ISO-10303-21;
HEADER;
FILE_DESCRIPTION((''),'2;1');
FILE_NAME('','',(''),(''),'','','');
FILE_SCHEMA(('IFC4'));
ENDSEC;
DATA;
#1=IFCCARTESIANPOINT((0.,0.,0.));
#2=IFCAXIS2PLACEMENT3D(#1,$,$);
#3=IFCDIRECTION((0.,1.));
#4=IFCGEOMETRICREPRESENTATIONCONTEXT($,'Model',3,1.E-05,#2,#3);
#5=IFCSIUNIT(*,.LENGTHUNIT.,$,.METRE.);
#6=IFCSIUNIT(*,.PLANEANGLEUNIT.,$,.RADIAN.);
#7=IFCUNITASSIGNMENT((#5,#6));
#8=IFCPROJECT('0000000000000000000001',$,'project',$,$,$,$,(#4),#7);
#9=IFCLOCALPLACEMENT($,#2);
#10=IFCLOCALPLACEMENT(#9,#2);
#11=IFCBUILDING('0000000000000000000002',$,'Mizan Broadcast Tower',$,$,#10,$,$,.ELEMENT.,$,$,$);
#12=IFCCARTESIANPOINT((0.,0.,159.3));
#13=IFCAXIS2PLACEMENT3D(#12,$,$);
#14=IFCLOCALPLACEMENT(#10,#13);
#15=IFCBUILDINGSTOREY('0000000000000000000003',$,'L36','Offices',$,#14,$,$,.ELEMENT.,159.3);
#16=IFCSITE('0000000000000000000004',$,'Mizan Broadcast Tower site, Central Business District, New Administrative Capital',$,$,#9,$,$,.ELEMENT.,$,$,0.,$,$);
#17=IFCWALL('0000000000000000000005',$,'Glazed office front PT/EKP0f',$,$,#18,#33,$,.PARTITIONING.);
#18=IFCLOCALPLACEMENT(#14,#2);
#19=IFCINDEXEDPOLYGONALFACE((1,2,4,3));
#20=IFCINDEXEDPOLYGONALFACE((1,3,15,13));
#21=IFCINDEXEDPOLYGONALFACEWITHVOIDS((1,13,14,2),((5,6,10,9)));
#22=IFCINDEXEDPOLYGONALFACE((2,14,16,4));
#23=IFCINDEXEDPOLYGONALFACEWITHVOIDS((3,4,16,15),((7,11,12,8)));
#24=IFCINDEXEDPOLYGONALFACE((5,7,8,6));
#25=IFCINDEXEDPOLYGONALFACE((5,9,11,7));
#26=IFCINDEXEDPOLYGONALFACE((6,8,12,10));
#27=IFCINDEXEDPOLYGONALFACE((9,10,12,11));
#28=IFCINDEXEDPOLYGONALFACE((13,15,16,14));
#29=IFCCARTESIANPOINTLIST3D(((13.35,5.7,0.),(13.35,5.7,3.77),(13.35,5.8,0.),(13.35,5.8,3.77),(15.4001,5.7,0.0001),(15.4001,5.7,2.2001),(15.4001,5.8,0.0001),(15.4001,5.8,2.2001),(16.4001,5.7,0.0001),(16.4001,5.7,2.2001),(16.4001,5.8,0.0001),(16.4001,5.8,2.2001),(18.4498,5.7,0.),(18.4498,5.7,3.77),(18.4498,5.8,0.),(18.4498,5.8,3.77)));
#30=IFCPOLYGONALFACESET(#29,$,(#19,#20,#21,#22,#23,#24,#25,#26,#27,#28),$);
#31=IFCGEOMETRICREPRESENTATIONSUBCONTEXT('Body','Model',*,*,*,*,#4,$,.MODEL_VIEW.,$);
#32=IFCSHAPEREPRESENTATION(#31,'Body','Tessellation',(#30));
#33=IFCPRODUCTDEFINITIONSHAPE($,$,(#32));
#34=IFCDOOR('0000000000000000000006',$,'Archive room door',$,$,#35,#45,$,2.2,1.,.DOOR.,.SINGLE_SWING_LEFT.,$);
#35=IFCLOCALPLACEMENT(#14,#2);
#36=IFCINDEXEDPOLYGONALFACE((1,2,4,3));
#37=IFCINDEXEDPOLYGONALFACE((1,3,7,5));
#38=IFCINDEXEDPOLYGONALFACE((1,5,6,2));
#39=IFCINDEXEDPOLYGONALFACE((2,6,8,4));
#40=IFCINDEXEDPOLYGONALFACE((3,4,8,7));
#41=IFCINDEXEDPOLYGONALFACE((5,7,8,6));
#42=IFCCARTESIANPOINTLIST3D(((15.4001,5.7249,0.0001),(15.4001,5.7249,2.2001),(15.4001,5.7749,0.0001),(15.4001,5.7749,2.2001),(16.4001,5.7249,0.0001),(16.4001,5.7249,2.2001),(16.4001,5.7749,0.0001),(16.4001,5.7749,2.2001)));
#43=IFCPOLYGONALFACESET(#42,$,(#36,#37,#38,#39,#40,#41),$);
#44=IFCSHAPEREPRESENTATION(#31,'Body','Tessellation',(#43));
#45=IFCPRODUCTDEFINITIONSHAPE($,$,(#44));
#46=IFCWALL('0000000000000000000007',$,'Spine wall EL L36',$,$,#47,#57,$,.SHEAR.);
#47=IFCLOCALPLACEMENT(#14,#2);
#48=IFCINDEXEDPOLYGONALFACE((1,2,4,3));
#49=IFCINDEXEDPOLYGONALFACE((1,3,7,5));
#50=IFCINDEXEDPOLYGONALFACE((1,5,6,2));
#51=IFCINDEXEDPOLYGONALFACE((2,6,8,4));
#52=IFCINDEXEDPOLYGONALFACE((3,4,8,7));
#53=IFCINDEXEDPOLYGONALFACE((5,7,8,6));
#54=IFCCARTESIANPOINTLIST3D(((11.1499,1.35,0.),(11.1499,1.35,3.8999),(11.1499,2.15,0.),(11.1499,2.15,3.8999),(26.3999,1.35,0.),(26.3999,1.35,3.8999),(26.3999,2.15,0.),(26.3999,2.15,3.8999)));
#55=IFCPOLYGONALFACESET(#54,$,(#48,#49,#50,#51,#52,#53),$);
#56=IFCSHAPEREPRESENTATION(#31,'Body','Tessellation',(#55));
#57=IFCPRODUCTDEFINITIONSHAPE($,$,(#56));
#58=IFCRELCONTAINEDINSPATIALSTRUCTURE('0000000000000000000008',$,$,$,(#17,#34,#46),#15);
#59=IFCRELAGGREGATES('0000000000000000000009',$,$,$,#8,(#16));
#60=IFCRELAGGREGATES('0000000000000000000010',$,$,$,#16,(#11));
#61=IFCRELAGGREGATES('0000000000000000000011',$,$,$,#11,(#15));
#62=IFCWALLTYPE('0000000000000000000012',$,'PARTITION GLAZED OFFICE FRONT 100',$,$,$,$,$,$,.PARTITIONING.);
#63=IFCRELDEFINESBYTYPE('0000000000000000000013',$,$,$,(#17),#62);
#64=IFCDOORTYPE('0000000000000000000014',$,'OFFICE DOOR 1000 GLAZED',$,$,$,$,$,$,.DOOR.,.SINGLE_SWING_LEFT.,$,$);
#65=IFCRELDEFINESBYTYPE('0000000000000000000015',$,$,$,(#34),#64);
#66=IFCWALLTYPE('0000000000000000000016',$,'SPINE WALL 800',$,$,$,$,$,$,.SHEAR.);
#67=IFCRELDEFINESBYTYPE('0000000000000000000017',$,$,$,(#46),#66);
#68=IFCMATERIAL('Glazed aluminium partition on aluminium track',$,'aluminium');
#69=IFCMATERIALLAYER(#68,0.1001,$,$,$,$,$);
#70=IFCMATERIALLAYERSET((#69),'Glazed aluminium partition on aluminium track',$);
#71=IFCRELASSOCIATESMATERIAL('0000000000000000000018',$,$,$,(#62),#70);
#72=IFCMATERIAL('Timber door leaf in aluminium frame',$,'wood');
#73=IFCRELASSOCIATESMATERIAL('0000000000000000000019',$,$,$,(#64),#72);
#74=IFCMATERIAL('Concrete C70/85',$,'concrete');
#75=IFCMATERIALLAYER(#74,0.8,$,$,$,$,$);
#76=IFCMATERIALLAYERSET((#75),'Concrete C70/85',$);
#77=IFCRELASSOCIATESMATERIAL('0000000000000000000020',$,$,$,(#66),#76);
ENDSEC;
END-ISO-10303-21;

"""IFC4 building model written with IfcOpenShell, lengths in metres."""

from ifc_helpers import new_model, si_unit, direction, frame, frame_2d, origin, place, context, subcontext, project, spatial, rectangle, extrude, material, layer, layer_set, type_object, element, fill, save


model = new_model("IFC4")

# Units and contexts
model_context = context("Model", 3, precision=1e-05, world=origin(), true_north=direction((0.0, 1.0)))
body_context = subcontext(model_context, "Body", "Model", "MODEL_VIEW")
ifc_project = project(units=[si_unit("LENGTHUNIT", "METRE"), si_unit("PLANEANGLEUNIT", "RADIAN")], contexts=[model_context])

# Site, building, storey
site_placement = place(None, origin())
site = spatial("IfcSite", under=ifc_project, at=site_placement, Name="Mizan Broadcast Tower site, Central Business District, New Administrative Capital", CompositionType="ELEMENT", RefElevation=0.0)
building_placement = place(site_placement, origin())
building = spatial("IfcBuilding", under=site, at=building_placement, Name="Mizan Broadcast Tower", CompositionType="ELEMENT")
storey_placement = place(building_placement, frame((0.0, 0.0, 159.3)))
storey = spatial("IfcBuildingStorey", under=building, at=storey_placement, Name="L36", Description="Offices", CompositionType="ELEMENT", Elevation=159.3)

# Shared definitions
ifc_material_1 = material(Name="Glazed aluminium partition on aluminium track", Category="aluminium")
ifc_layer_1 = layer(ifc_material_1, 0.1001)
ifc_layer_set_1 = layer_set([ifc_layer_1], Name="Glazed aluminium partition on aluminium track")
wall_type_1 = type_object("IfcWallType", Name="PARTITION GLAZED OFFICE FRONT 100", PredefinedType="PARTITIONING", material=ifc_layer_set_1)

# Wall, opening, door
wall_1_placement = place(storey_placement, frame((13.3501, 5.75, 0.0), z_axis=(0.0, 0.0, 1.0), x_axis=(1.0, 0.0, 0.0)))
wall_1 = element("IfcWall", 1, at=wall_1_placement, inside=storey, type_object=wall_type_1, Name="Glazed office front PT/EKP0f", PredefinedType="PARTITIONING", context=body_context, shape_type="SweptSolid", body=[
    extrude(rectangle(XDim=5.0999, YDim=0.1001, at=frame_2d((2.5498, 0.0))), origin(), (0.0, 0.0, 1.0), 3.77),
])
opening_1_placement = place(wall_1_placement, frame((2.05, 0.0, 0.0)))
opening_1 = element("IfcOpeningElement", 2, at=opening_1_placement, cuts=wall_1, PredefinedType="OPENING", context=body_context, shape_type="SweptSolid", body=[
    extrude(rectangle(XDim=1.0, YDim=2.2, at=frame_2d((0.5, 1.1001))), frame((0.0, 0.0601, 0.0), z_axis=(0.0, -1.0, 0.0), x_axis=(1.0, 0.0, 0.0)), (0.0, 0.0, 1.0), 0.1201),
])
ifc_material_2 = material(Name="Timber door leaf in aluminium frame", Category="wood")
door_type_1 = type_object("IfcDoorType", Name="OFFICE DOOR 1000 GLAZED", OperationType="SINGLE_SWING_LEFT", PredefinedType="DOOR", material=ifc_material_2)
door_1_placement = place(opening_1_placement, origin())
door_1 = element("IfcDoor", 3, at=door_1_placement, inside=storey, type_object=door_type_1, Name="Archive room door", OperationType="SINGLE_SWING_LEFT", OverallHeight=2.2, OverallWidth=1.0, PredefinedType="DOOR", context=body_context, shape_type="SweptSolid", body=[
    extrude(rectangle(XDim=1.0, YDim=2.2, at=frame_2d((0.5, 1.1001))), frame((0.0, 0.0249, 0.0), z_axis=(0.0, -1.0, 0.0), x_axis=(1.0, 0.0, 0.0)), (0.0, 0.0, 1.0), 0.05),
])
fill(opening_1, door_1)

# Wall
ifc_material_3 = material(Name="Concrete C70/85", Category="concrete")
ifc_layer_2 = layer(ifc_material_3, 0.8)
ifc_layer_set_2 = layer_set([ifc_layer_2], Name="Concrete C70/85")
wall_type_2 = type_object("IfcWallType", Name="SPINE WALL 800", PredefinedType="SHEAR", material=ifc_layer_set_2)
wall_2_placement = place(storey_placement, frame((11.1499, 1.75, 0.0), z_axis=(0.0, 0.0, 1.0), x_axis=(1.0, 0.0, 0.0)))
element("IfcWall", 4, at=wall_2_placement, inside=storey, type_object=wall_type_2, Name="Spine wall EL L36", PredefinedType="SHEAR", context=body_context, shape_type="SweptSolid", body=[
    extrude(rectangle(XDim=15.25, YDim=0.8, at=frame_2d((7.625, 0.0))), origin(), (0.0, 0.0, 1.0), 3.8999),
])

save(model, "model.ifc")
